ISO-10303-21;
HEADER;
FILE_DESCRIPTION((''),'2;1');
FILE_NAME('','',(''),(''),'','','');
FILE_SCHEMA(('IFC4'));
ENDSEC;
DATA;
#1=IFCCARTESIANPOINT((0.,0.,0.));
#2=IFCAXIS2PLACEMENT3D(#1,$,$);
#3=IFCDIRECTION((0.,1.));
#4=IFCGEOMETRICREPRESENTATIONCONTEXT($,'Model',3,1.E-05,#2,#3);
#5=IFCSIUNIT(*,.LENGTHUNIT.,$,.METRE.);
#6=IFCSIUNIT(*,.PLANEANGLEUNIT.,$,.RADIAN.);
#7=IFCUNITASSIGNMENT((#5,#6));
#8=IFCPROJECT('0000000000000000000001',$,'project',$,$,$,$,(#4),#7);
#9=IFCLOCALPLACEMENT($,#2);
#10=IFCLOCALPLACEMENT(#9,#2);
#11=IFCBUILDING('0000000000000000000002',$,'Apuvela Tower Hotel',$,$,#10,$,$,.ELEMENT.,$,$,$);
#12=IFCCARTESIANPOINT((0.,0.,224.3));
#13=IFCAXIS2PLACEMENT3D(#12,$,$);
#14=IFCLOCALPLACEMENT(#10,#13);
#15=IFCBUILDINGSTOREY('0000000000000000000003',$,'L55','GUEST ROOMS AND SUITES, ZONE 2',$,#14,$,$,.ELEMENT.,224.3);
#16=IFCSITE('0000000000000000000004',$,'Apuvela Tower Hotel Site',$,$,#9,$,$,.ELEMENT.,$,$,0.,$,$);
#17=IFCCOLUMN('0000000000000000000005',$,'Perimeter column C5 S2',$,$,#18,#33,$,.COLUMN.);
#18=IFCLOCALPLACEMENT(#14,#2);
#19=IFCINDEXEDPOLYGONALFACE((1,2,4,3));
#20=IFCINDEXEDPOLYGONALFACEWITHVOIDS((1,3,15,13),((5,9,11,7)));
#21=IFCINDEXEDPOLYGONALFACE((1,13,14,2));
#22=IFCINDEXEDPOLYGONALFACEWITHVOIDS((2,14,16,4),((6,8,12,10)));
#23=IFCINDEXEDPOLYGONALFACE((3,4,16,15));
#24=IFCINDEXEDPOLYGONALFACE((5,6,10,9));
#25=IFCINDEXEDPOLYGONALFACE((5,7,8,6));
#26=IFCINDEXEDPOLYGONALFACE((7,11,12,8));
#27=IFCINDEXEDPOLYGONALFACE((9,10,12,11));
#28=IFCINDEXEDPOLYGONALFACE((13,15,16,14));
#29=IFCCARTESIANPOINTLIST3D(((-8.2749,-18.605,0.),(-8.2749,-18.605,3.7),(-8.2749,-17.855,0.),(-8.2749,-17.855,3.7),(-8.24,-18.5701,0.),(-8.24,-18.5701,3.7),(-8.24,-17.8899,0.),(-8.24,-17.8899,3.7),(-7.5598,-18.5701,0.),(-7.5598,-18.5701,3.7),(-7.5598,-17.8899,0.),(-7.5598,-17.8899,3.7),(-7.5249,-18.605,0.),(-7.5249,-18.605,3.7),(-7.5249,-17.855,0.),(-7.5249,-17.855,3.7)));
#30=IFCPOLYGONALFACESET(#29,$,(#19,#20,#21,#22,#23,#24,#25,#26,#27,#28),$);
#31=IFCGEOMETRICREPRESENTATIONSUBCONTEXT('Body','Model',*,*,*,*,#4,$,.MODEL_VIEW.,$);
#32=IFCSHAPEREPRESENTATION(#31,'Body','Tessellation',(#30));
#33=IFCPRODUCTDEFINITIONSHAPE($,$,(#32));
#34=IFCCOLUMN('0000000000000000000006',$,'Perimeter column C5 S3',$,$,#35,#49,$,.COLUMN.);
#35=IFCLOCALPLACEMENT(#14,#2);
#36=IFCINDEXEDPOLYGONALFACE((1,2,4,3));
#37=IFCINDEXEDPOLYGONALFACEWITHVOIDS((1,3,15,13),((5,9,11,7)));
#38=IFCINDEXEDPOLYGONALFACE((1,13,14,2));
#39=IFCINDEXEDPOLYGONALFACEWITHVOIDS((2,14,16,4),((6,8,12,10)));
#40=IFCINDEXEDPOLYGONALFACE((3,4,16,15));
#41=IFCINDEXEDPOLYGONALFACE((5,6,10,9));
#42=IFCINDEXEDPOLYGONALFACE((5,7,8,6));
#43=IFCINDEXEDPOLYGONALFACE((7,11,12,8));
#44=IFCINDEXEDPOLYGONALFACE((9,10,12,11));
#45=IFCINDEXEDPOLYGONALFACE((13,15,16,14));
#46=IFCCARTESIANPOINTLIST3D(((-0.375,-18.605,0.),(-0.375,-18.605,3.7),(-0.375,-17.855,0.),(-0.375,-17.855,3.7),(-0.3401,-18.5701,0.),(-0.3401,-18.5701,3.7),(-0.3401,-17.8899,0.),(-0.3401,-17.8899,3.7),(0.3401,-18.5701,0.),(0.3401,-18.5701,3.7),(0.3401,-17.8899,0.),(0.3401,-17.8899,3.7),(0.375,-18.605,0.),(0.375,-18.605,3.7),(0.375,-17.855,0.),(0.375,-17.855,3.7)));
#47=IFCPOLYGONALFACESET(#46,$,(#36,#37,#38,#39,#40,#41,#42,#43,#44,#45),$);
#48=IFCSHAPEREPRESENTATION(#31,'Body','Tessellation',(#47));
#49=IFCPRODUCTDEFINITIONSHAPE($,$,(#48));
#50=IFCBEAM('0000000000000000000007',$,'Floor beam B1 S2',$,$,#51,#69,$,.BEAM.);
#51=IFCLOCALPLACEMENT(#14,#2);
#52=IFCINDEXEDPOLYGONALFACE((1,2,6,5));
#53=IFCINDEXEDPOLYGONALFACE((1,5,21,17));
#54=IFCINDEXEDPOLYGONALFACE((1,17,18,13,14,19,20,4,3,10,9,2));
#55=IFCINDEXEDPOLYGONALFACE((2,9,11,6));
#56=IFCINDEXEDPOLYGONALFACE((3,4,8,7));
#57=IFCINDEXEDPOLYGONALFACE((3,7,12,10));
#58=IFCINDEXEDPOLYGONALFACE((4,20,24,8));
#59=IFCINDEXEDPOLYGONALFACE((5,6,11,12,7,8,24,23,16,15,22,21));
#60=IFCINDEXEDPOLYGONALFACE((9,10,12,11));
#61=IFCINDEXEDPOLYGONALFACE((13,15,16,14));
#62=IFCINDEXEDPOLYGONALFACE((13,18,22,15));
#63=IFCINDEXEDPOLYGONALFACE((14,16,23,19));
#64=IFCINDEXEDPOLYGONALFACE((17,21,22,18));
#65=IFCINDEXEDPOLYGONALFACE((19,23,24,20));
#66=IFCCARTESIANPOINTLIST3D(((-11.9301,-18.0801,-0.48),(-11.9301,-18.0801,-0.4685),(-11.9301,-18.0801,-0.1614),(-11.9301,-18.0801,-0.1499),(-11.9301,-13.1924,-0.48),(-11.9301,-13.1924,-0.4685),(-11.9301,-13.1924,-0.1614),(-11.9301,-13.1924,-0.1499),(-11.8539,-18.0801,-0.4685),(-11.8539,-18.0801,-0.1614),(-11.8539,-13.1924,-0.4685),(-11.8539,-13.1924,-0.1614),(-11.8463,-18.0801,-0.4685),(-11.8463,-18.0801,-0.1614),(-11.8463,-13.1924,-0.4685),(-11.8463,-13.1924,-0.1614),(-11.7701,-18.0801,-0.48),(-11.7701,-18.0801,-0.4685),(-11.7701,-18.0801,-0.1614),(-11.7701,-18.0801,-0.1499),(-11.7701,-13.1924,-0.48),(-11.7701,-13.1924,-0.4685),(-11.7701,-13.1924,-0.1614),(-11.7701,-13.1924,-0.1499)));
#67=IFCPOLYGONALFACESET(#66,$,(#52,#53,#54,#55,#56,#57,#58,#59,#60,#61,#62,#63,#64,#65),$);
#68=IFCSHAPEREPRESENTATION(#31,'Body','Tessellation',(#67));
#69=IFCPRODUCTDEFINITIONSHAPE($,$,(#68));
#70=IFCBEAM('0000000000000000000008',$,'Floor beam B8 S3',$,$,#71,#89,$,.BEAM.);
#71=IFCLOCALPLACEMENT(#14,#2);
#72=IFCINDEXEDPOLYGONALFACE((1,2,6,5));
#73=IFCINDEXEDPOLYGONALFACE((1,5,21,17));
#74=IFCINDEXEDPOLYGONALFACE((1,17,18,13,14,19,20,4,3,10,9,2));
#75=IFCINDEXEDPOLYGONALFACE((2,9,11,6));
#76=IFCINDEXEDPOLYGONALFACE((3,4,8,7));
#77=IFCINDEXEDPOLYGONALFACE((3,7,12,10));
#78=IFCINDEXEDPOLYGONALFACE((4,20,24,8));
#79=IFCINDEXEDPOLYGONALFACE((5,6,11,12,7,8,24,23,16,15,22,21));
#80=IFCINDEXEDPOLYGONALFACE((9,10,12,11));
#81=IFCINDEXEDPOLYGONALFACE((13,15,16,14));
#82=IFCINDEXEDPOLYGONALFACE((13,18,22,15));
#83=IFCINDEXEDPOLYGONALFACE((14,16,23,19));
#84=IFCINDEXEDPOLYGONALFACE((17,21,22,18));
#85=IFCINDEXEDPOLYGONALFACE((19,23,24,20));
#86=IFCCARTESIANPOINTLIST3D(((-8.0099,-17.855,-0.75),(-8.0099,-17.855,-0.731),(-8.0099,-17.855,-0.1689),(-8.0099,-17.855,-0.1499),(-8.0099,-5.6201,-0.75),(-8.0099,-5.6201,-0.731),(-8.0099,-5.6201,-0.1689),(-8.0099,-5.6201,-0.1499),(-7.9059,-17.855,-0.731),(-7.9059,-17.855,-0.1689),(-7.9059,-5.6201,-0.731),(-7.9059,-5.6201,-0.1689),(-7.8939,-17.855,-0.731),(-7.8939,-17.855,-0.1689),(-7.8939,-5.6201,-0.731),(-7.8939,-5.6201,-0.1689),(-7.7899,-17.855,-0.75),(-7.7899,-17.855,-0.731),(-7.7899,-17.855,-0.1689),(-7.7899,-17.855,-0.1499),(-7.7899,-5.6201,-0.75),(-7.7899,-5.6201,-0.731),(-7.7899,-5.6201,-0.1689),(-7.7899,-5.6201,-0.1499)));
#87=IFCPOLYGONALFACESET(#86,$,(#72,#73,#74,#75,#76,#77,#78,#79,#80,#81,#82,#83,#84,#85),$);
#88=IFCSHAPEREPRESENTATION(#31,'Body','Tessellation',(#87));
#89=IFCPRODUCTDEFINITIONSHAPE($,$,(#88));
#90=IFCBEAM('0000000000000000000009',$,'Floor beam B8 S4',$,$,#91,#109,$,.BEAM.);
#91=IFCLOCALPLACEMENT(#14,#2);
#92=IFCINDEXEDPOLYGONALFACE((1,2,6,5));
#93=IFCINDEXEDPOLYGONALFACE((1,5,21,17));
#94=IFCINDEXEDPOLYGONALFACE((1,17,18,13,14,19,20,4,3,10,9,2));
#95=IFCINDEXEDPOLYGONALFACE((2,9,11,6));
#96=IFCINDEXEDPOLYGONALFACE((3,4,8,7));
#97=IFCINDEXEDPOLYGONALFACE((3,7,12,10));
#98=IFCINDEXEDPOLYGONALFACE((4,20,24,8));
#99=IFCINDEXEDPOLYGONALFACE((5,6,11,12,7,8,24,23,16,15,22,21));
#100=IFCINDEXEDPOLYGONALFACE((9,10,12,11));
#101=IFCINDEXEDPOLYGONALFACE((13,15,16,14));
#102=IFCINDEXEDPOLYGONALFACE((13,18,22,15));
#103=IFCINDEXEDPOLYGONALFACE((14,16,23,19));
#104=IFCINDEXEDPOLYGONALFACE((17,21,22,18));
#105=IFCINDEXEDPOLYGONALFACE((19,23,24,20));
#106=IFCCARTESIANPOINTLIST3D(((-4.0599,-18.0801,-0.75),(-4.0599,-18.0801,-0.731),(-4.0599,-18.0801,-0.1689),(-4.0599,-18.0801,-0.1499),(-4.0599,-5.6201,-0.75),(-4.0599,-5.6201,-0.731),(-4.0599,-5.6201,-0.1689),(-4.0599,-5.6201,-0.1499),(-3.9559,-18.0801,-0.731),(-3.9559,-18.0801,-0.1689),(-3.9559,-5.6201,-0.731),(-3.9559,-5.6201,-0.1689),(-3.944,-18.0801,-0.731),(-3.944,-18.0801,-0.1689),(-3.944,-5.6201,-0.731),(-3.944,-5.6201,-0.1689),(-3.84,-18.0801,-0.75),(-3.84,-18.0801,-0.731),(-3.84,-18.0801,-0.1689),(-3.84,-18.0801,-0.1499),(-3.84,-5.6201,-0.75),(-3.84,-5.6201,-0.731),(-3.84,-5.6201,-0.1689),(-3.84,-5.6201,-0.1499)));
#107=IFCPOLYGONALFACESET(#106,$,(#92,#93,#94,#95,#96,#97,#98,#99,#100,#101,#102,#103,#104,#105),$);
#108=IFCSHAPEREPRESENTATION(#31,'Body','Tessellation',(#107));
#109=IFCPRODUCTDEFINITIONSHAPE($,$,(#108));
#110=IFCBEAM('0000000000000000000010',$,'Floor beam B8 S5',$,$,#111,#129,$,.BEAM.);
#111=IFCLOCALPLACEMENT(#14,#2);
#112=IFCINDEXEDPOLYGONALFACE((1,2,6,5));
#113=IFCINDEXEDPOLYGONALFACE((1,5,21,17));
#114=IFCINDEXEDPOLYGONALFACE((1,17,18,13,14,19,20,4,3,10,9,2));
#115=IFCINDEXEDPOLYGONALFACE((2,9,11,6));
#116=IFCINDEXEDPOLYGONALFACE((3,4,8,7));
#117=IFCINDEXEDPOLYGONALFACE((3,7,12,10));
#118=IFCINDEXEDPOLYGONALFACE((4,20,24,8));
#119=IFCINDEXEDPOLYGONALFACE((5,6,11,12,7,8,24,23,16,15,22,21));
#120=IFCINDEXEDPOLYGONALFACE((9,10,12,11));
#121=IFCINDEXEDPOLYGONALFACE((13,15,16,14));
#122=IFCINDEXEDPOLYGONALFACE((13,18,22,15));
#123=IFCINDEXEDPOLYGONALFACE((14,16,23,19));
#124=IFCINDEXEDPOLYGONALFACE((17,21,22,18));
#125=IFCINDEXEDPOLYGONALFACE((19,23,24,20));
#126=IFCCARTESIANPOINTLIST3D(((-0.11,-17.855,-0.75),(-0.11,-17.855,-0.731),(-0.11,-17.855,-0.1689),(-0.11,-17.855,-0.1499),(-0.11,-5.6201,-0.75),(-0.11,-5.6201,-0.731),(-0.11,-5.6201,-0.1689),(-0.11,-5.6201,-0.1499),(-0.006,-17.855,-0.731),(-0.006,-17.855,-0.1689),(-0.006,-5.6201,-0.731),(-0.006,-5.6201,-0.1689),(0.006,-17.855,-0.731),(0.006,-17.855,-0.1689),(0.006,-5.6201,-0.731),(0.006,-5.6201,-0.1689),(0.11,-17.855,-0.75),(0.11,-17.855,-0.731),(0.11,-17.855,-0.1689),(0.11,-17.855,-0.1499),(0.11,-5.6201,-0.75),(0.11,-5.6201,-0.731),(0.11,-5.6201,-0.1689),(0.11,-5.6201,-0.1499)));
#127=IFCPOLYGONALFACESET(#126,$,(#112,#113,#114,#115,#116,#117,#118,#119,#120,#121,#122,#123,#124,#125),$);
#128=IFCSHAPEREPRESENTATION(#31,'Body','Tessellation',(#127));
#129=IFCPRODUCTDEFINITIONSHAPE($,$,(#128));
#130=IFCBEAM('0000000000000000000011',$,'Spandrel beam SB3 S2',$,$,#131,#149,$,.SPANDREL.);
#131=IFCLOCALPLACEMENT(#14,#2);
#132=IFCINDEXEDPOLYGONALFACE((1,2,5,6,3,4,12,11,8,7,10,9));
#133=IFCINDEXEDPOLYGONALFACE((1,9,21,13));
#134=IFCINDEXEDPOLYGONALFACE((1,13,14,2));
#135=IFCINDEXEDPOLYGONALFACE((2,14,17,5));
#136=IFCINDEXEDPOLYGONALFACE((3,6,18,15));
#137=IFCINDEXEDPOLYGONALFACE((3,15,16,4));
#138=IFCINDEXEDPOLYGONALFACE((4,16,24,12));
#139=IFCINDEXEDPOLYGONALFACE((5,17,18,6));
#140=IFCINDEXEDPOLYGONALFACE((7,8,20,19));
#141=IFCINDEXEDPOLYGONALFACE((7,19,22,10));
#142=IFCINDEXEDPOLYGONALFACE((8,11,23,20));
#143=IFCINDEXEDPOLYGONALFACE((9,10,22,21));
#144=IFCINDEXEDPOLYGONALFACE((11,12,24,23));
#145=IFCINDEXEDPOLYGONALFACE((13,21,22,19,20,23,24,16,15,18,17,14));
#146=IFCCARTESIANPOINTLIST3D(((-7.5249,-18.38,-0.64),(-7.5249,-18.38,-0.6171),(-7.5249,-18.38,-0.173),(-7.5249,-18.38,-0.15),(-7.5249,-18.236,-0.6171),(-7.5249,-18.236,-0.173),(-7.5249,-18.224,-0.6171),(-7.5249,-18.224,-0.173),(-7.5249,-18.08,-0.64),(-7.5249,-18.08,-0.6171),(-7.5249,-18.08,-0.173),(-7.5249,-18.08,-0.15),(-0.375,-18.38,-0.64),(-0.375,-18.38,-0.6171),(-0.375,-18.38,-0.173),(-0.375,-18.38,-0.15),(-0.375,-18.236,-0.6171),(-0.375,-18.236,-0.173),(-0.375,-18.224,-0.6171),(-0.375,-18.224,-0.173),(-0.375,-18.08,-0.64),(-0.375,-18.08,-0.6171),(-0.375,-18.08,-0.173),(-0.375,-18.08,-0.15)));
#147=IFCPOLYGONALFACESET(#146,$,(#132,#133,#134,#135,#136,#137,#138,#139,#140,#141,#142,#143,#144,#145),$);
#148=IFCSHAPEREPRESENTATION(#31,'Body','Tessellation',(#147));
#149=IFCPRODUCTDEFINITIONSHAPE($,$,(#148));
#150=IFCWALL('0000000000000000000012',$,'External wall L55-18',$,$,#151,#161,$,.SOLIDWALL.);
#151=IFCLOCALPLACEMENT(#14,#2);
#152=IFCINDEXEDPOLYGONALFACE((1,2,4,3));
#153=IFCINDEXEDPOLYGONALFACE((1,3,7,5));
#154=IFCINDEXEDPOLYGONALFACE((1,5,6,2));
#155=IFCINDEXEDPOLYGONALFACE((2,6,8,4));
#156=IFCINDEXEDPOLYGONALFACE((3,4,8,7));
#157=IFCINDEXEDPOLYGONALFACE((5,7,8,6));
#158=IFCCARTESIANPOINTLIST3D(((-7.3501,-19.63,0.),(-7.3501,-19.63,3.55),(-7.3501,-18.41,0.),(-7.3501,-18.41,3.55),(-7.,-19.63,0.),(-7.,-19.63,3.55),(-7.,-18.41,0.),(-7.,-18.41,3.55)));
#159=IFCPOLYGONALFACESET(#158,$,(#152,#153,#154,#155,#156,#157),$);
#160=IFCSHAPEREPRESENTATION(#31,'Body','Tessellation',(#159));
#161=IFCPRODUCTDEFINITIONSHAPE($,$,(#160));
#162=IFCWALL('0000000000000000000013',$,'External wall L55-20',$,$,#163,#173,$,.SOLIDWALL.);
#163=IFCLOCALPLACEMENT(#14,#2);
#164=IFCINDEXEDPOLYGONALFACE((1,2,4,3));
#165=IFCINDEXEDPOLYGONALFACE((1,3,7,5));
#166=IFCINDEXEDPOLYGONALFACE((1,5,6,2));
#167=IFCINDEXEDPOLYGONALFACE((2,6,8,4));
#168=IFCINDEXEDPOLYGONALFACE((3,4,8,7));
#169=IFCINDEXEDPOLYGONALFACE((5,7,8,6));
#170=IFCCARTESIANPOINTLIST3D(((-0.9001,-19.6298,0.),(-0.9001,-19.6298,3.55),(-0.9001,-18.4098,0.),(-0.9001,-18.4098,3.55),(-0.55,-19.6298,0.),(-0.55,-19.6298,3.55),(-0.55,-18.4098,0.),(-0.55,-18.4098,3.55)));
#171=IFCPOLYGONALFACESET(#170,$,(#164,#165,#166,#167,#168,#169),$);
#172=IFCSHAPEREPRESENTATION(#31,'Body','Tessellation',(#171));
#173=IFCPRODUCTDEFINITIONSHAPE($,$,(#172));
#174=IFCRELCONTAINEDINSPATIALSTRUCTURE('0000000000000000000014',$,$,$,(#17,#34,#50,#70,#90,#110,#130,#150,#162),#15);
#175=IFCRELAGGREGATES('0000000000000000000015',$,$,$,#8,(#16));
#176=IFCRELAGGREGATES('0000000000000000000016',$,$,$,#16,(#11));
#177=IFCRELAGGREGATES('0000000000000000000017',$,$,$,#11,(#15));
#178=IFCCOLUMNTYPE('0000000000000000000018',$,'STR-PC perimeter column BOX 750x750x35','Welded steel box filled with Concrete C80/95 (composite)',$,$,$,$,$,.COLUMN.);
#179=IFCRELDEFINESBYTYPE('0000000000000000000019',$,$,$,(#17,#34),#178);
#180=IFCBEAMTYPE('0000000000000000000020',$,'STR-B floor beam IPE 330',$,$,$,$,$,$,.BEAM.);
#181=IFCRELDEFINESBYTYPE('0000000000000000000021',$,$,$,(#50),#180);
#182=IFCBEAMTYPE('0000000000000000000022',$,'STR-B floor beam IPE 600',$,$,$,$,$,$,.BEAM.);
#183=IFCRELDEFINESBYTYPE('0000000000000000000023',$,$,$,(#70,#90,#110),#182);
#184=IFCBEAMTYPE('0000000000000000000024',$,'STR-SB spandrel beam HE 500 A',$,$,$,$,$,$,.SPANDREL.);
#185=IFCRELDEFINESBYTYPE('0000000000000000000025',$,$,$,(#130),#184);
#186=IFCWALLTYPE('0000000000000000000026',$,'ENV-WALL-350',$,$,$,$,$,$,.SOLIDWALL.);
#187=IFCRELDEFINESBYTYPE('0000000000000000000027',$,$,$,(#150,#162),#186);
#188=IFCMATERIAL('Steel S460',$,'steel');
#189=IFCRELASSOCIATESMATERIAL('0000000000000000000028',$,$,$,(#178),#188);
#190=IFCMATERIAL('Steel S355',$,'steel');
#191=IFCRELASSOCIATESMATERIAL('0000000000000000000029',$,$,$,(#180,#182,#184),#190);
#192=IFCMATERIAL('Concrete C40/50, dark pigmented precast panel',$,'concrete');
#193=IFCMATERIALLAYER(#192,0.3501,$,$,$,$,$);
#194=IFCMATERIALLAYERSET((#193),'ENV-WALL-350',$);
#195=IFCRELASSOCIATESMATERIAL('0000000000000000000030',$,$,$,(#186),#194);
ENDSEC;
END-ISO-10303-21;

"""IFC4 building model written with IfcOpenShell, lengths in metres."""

from ifc_helpers import new_model, si_unit, direction, frame, frame_2d, origin, origin_2d, place, context, subcontext, project, spatial, rectangle, hollow_rectangle, i_section, extrude, material, layer, layer_set, material_profile, profile_set, type_object, element, save


model = new_model("IFC4")

# Units and contexts
model_context = context("Model", 3, precision=1e-05, world=origin(), true_north=direction((0.0, 1.0)))
body_context = subcontext(model_context, "Body", "Model", "MODEL_VIEW")
ifc_project = project(units=[si_unit("LENGTHUNIT", "METRE"), si_unit("PLANEANGLEUNIT", "RADIAN")], contexts=[model_context])

# Site, building, storey
site_placement = place(None, origin())
site = spatial("IfcSite", under=ifc_project, at=site_placement, Name="Apuvela Tower Hotel Site", CompositionType="ELEMENT", RefElevation=0.0)
building_placement = place(site_placement, origin())
building = spatial("IfcBuilding", under=site, at=building_placement, Name="Apuvela Tower Hotel", CompositionType="ELEMENT")
storey_placement = place(building_placement, frame((0.0, 0.0, 224.3)))
storey = spatial("IfcBuildingStorey", under=building, at=storey_placement, Name="L55", Description="GUEST ROOMS AND SUITES, ZONE 2", CompositionType="ELEMENT", Elevation=224.3)

# Columns
ifc_material_1 = material(Name="Steel S460", Category="steel")
ifc_material_profile_1 = material_profile(ifc_material_1, hollow_rectangle(XDim=0.75, YDim=0.75, WallThickness=0.0349, at=origin_2d()), Name="BOX 750x750x35")
ifc_material_2 = material(Name="Concrete C80/95", Category="concrete")
ifc_material_profile_2 = material_profile(ifc_material_2, rectangle(XDim=0.6799, YDim=0.6799, at=origin_2d()), Name="Concrete C80/95 infill")
ifc_profile_set_1 = profile_set([ifc_material_profile_1, ifc_material_profile_2], Name="Steel S460")
column_type = type_object("IfcColumnType", Name="STR-PC perimeter column BOX 750x750x35", Description="Welded steel box filled with Concrete C80/95 (composite)", PredefinedType="COLUMN", material=ifc_profile_set_1)
for number, where, z_axis, x_axis, name in (
    (1, (-7.8999, -18.23, 0.0), (0.0, 0.0, 1.0), (-1.0, 0.0, 0.0), "Perimeter column C5 S2"),
    (2, (0.0, -18.23, 0.0), (0.0, 0.0, 1.0), (-1.0, 0.0, 0.0), "Perimeter column C5 S3"),
):
    element("IfcColumn", number, at=place(storey_placement, frame(where, z_axis=z_axis, x_axis=x_axis)), inside=storey, type_object=column_type, Name=name, PredefinedType="COLUMN", context=body_context, shape_type="SweptSolid", body=[
        extrude(hollow_rectangle(XDim=0.75, YDim=0.75, WallThickness=0.0349, at=origin_2d()), origin(), (0.0, 0.0, 1.0), 3.7),
    ])

# Beams
ifc_material_3 = material(Name="Steel S355", Category="steel")
ifc_material_profile_3 = material_profile(ifc_material_3, i_section(OverallWidth=0.1599, OverallDepth=0.3301, WebThickness=0.0076, FlangeThickness=0.0115, at=origin_2d()), Name="IPE 330")
ifc_profile_set_2 = profile_set([ifc_material_profile_3], Name="Steel S355")
beam_type_1 = type_object("IfcBeamType", Name="STR-B floor beam IPE 330", PredefinedType="BEAM", material=ifc_profile_set_2)
beam_1_placement = place(storey_placement, frame((-11.8501, -18.0801, -0.3149), z_axis=(0.0, 1.0, 0.0), x_axis=(-1.0, 0.0, 0.0)))
element("IfcBeam", 3, at=beam_1_placement, inside=storey, type_object=beam_type_1, Name="Floor beam B1 S2", PredefinedType="BEAM", context=body_context, shape_type="SweptSolid", body=[
    extrude(i_section(OverallWidth=0.1599, OverallDepth=0.3301, WebThickness=0.0076, FlangeThickness=0.0115, at=origin_2d()), origin(), (0.0, 0.0, 1.0), 4.8877),
])
ifc_material_profile_4 = material_profile(ifc_material_3, i_section(OverallWidth=0.22, OverallDepth=0.6001, WebThickness=0.012, FlangeThickness=0.019, at=origin_2d()), Name="IPE 600")
ifc_profile_set_3 = profile_set([ifc_material_profile_4], Name="Steel S355")
beam_type_2 = type_object("IfcBeamType", Name="STR-B floor beam IPE 600", PredefinedType="BEAM", material=ifc_profile_set_3)
beam_2_placement = place(storey_placement, frame((-7.8999, -17.855, -0.45), z_axis=(0.0, 1.0, 0.0), x_axis=(-1.0, 0.0, 0.0)))
element("IfcBeam", 4, at=beam_2_placement, inside=storey, type_object=beam_type_2, Name="Floor beam B8 S3", PredefinedType="BEAM", context=body_context, shape_type="SweptSolid", body=[
    extrude(i_section(OverallWidth=0.22, OverallDepth=0.6001, WebThickness=0.012, FlangeThickness=0.019, at=origin_2d()), origin(), (0.0, 0.0, 1.0), 12.2349),
])
beam_3_placement = place(storey_placement, frame((-3.95, -18.0801, -0.45), z_axis=(0.0, 1.0, 0.0), x_axis=(-1.0, 0.0, 0.0)))
element("IfcBeam", 5, at=beam_3_placement, inside=storey, type_object=beam_type_2, Name="Floor beam B8 S4", PredefinedType="BEAM", context=body_context, shape_type="SweptSolid", body=[
    extrude(i_section(OverallWidth=0.22, OverallDepth=0.6001, WebThickness=0.012, FlangeThickness=0.019, at=origin_2d()), origin(), (0.0, 0.0, 1.0), 12.46),
])
beam_4_placement = place(storey_placement, frame((0.0, -17.855, -0.45), z_axis=(0.0, 1.0, 0.0), x_axis=(-1.0, 0.0, 0.0)))
element("IfcBeam", 6, at=beam_4_placement, inside=storey, type_object=beam_type_2, Name="Floor beam B8 S5", PredefinedType="BEAM", context=body_context, shape_type="SweptSolid", body=[
    extrude(i_section(OverallWidth=0.22, OverallDepth=0.6001, WebThickness=0.012, FlangeThickness=0.019, at=origin_2d()), origin(), (0.0, 0.0, 1.0), 12.2349),
])
ifc_material_profile_5 = material_profile(ifc_material_3, i_section(OverallWidth=0.3, OverallDepth=0.49, WebThickness=0.012, FlangeThickness=0.0229, at=origin_2d()), Name="HE 500 A")
ifc_profile_set_4 = profile_set([ifc_material_profile_5], Name="Steel S355")
beam_type_3 = type_object("IfcBeamType", Name="STR-SB spandrel beam HE 500 A", PredefinedType="SPANDREL", material=ifc_profile_set_4)
beam_5_placement = place(storey_placement, frame((-7.5249, -18.23, -0.395), z_axis=(1.0, 0.0, 0.0), x_axis=(0.0, 1.0, 0.0)))
element("IfcBeam", 7, at=beam_5_placement, inside=storey, type_object=beam_type_3, Name="Spandrel beam SB3 S2", PredefinedType="SPANDREL", context=body_context, shape_type="SweptSolid", body=[
    extrude(i_section(OverallWidth=0.3, OverallDepth=0.49, WebThickness=0.012, FlangeThickness=0.0229, at=origin_2d()), origin(), (0.0, 0.0, 1.0), 7.1499),
])

# Wall
ifc_material_4 = material(Name="Concrete C40/50, dark pigmented precast panel", Category="concrete")
ifc_layer_1 = layer(ifc_material_4, 0.3501)
ifc_layer_set_1 = layer_set([ifc_layer_1], Name="ENV-WALL-350")
wall_type_1 = type_object("IfcWallType", Name="ENV-WALL-350", PredefinedType="SOLIDWALL", material=ifc_layer_set_1)
wall_1_placement = place(storey_placement, frame((-7.175, -19.6299, 0.0), z_axis=(0.0, 0.0, 1.0), x_axis=(0.0, 1.0, 0.0)))
element("IfcWall", 8, at=wall_1_placement, inside=storey, type_object=wall_type_1, Name="External wall L55-18", PredefinedType="SOLIDWALL", context=body_context, shape_type="SweptSolid", body=[
    extrude(rectangle(XDim=1.22, YDim=0.3501, at=frame_2d((0.6099, 0.0))), origin(), (0.0, 0.0, 1.0), 3.55),
])

# Wall
wall_2_placement = place(storey_placement, frame((-0.7251, -18.4099, 0.0), z_axis=(0.0, 0.0, 1.0), x_axis=(0.0, -1.0, 0.0)))
element("IfcWall", 9, at=wall_2_placement, inside=storey, type_object=wall_type_1, Name="External wall L55-20", PredefinedType="SOLIDWALL", context=body_context, shape_type="SweptSolid", body=[
    extrude(rectangle(XDim=1.22, YDim=0.3501, at=frame_2d((0.6099, 0.0))), origin(), (0.0, 0.0, 1.0), 3.55),
])

save(model, "model.ifc")
